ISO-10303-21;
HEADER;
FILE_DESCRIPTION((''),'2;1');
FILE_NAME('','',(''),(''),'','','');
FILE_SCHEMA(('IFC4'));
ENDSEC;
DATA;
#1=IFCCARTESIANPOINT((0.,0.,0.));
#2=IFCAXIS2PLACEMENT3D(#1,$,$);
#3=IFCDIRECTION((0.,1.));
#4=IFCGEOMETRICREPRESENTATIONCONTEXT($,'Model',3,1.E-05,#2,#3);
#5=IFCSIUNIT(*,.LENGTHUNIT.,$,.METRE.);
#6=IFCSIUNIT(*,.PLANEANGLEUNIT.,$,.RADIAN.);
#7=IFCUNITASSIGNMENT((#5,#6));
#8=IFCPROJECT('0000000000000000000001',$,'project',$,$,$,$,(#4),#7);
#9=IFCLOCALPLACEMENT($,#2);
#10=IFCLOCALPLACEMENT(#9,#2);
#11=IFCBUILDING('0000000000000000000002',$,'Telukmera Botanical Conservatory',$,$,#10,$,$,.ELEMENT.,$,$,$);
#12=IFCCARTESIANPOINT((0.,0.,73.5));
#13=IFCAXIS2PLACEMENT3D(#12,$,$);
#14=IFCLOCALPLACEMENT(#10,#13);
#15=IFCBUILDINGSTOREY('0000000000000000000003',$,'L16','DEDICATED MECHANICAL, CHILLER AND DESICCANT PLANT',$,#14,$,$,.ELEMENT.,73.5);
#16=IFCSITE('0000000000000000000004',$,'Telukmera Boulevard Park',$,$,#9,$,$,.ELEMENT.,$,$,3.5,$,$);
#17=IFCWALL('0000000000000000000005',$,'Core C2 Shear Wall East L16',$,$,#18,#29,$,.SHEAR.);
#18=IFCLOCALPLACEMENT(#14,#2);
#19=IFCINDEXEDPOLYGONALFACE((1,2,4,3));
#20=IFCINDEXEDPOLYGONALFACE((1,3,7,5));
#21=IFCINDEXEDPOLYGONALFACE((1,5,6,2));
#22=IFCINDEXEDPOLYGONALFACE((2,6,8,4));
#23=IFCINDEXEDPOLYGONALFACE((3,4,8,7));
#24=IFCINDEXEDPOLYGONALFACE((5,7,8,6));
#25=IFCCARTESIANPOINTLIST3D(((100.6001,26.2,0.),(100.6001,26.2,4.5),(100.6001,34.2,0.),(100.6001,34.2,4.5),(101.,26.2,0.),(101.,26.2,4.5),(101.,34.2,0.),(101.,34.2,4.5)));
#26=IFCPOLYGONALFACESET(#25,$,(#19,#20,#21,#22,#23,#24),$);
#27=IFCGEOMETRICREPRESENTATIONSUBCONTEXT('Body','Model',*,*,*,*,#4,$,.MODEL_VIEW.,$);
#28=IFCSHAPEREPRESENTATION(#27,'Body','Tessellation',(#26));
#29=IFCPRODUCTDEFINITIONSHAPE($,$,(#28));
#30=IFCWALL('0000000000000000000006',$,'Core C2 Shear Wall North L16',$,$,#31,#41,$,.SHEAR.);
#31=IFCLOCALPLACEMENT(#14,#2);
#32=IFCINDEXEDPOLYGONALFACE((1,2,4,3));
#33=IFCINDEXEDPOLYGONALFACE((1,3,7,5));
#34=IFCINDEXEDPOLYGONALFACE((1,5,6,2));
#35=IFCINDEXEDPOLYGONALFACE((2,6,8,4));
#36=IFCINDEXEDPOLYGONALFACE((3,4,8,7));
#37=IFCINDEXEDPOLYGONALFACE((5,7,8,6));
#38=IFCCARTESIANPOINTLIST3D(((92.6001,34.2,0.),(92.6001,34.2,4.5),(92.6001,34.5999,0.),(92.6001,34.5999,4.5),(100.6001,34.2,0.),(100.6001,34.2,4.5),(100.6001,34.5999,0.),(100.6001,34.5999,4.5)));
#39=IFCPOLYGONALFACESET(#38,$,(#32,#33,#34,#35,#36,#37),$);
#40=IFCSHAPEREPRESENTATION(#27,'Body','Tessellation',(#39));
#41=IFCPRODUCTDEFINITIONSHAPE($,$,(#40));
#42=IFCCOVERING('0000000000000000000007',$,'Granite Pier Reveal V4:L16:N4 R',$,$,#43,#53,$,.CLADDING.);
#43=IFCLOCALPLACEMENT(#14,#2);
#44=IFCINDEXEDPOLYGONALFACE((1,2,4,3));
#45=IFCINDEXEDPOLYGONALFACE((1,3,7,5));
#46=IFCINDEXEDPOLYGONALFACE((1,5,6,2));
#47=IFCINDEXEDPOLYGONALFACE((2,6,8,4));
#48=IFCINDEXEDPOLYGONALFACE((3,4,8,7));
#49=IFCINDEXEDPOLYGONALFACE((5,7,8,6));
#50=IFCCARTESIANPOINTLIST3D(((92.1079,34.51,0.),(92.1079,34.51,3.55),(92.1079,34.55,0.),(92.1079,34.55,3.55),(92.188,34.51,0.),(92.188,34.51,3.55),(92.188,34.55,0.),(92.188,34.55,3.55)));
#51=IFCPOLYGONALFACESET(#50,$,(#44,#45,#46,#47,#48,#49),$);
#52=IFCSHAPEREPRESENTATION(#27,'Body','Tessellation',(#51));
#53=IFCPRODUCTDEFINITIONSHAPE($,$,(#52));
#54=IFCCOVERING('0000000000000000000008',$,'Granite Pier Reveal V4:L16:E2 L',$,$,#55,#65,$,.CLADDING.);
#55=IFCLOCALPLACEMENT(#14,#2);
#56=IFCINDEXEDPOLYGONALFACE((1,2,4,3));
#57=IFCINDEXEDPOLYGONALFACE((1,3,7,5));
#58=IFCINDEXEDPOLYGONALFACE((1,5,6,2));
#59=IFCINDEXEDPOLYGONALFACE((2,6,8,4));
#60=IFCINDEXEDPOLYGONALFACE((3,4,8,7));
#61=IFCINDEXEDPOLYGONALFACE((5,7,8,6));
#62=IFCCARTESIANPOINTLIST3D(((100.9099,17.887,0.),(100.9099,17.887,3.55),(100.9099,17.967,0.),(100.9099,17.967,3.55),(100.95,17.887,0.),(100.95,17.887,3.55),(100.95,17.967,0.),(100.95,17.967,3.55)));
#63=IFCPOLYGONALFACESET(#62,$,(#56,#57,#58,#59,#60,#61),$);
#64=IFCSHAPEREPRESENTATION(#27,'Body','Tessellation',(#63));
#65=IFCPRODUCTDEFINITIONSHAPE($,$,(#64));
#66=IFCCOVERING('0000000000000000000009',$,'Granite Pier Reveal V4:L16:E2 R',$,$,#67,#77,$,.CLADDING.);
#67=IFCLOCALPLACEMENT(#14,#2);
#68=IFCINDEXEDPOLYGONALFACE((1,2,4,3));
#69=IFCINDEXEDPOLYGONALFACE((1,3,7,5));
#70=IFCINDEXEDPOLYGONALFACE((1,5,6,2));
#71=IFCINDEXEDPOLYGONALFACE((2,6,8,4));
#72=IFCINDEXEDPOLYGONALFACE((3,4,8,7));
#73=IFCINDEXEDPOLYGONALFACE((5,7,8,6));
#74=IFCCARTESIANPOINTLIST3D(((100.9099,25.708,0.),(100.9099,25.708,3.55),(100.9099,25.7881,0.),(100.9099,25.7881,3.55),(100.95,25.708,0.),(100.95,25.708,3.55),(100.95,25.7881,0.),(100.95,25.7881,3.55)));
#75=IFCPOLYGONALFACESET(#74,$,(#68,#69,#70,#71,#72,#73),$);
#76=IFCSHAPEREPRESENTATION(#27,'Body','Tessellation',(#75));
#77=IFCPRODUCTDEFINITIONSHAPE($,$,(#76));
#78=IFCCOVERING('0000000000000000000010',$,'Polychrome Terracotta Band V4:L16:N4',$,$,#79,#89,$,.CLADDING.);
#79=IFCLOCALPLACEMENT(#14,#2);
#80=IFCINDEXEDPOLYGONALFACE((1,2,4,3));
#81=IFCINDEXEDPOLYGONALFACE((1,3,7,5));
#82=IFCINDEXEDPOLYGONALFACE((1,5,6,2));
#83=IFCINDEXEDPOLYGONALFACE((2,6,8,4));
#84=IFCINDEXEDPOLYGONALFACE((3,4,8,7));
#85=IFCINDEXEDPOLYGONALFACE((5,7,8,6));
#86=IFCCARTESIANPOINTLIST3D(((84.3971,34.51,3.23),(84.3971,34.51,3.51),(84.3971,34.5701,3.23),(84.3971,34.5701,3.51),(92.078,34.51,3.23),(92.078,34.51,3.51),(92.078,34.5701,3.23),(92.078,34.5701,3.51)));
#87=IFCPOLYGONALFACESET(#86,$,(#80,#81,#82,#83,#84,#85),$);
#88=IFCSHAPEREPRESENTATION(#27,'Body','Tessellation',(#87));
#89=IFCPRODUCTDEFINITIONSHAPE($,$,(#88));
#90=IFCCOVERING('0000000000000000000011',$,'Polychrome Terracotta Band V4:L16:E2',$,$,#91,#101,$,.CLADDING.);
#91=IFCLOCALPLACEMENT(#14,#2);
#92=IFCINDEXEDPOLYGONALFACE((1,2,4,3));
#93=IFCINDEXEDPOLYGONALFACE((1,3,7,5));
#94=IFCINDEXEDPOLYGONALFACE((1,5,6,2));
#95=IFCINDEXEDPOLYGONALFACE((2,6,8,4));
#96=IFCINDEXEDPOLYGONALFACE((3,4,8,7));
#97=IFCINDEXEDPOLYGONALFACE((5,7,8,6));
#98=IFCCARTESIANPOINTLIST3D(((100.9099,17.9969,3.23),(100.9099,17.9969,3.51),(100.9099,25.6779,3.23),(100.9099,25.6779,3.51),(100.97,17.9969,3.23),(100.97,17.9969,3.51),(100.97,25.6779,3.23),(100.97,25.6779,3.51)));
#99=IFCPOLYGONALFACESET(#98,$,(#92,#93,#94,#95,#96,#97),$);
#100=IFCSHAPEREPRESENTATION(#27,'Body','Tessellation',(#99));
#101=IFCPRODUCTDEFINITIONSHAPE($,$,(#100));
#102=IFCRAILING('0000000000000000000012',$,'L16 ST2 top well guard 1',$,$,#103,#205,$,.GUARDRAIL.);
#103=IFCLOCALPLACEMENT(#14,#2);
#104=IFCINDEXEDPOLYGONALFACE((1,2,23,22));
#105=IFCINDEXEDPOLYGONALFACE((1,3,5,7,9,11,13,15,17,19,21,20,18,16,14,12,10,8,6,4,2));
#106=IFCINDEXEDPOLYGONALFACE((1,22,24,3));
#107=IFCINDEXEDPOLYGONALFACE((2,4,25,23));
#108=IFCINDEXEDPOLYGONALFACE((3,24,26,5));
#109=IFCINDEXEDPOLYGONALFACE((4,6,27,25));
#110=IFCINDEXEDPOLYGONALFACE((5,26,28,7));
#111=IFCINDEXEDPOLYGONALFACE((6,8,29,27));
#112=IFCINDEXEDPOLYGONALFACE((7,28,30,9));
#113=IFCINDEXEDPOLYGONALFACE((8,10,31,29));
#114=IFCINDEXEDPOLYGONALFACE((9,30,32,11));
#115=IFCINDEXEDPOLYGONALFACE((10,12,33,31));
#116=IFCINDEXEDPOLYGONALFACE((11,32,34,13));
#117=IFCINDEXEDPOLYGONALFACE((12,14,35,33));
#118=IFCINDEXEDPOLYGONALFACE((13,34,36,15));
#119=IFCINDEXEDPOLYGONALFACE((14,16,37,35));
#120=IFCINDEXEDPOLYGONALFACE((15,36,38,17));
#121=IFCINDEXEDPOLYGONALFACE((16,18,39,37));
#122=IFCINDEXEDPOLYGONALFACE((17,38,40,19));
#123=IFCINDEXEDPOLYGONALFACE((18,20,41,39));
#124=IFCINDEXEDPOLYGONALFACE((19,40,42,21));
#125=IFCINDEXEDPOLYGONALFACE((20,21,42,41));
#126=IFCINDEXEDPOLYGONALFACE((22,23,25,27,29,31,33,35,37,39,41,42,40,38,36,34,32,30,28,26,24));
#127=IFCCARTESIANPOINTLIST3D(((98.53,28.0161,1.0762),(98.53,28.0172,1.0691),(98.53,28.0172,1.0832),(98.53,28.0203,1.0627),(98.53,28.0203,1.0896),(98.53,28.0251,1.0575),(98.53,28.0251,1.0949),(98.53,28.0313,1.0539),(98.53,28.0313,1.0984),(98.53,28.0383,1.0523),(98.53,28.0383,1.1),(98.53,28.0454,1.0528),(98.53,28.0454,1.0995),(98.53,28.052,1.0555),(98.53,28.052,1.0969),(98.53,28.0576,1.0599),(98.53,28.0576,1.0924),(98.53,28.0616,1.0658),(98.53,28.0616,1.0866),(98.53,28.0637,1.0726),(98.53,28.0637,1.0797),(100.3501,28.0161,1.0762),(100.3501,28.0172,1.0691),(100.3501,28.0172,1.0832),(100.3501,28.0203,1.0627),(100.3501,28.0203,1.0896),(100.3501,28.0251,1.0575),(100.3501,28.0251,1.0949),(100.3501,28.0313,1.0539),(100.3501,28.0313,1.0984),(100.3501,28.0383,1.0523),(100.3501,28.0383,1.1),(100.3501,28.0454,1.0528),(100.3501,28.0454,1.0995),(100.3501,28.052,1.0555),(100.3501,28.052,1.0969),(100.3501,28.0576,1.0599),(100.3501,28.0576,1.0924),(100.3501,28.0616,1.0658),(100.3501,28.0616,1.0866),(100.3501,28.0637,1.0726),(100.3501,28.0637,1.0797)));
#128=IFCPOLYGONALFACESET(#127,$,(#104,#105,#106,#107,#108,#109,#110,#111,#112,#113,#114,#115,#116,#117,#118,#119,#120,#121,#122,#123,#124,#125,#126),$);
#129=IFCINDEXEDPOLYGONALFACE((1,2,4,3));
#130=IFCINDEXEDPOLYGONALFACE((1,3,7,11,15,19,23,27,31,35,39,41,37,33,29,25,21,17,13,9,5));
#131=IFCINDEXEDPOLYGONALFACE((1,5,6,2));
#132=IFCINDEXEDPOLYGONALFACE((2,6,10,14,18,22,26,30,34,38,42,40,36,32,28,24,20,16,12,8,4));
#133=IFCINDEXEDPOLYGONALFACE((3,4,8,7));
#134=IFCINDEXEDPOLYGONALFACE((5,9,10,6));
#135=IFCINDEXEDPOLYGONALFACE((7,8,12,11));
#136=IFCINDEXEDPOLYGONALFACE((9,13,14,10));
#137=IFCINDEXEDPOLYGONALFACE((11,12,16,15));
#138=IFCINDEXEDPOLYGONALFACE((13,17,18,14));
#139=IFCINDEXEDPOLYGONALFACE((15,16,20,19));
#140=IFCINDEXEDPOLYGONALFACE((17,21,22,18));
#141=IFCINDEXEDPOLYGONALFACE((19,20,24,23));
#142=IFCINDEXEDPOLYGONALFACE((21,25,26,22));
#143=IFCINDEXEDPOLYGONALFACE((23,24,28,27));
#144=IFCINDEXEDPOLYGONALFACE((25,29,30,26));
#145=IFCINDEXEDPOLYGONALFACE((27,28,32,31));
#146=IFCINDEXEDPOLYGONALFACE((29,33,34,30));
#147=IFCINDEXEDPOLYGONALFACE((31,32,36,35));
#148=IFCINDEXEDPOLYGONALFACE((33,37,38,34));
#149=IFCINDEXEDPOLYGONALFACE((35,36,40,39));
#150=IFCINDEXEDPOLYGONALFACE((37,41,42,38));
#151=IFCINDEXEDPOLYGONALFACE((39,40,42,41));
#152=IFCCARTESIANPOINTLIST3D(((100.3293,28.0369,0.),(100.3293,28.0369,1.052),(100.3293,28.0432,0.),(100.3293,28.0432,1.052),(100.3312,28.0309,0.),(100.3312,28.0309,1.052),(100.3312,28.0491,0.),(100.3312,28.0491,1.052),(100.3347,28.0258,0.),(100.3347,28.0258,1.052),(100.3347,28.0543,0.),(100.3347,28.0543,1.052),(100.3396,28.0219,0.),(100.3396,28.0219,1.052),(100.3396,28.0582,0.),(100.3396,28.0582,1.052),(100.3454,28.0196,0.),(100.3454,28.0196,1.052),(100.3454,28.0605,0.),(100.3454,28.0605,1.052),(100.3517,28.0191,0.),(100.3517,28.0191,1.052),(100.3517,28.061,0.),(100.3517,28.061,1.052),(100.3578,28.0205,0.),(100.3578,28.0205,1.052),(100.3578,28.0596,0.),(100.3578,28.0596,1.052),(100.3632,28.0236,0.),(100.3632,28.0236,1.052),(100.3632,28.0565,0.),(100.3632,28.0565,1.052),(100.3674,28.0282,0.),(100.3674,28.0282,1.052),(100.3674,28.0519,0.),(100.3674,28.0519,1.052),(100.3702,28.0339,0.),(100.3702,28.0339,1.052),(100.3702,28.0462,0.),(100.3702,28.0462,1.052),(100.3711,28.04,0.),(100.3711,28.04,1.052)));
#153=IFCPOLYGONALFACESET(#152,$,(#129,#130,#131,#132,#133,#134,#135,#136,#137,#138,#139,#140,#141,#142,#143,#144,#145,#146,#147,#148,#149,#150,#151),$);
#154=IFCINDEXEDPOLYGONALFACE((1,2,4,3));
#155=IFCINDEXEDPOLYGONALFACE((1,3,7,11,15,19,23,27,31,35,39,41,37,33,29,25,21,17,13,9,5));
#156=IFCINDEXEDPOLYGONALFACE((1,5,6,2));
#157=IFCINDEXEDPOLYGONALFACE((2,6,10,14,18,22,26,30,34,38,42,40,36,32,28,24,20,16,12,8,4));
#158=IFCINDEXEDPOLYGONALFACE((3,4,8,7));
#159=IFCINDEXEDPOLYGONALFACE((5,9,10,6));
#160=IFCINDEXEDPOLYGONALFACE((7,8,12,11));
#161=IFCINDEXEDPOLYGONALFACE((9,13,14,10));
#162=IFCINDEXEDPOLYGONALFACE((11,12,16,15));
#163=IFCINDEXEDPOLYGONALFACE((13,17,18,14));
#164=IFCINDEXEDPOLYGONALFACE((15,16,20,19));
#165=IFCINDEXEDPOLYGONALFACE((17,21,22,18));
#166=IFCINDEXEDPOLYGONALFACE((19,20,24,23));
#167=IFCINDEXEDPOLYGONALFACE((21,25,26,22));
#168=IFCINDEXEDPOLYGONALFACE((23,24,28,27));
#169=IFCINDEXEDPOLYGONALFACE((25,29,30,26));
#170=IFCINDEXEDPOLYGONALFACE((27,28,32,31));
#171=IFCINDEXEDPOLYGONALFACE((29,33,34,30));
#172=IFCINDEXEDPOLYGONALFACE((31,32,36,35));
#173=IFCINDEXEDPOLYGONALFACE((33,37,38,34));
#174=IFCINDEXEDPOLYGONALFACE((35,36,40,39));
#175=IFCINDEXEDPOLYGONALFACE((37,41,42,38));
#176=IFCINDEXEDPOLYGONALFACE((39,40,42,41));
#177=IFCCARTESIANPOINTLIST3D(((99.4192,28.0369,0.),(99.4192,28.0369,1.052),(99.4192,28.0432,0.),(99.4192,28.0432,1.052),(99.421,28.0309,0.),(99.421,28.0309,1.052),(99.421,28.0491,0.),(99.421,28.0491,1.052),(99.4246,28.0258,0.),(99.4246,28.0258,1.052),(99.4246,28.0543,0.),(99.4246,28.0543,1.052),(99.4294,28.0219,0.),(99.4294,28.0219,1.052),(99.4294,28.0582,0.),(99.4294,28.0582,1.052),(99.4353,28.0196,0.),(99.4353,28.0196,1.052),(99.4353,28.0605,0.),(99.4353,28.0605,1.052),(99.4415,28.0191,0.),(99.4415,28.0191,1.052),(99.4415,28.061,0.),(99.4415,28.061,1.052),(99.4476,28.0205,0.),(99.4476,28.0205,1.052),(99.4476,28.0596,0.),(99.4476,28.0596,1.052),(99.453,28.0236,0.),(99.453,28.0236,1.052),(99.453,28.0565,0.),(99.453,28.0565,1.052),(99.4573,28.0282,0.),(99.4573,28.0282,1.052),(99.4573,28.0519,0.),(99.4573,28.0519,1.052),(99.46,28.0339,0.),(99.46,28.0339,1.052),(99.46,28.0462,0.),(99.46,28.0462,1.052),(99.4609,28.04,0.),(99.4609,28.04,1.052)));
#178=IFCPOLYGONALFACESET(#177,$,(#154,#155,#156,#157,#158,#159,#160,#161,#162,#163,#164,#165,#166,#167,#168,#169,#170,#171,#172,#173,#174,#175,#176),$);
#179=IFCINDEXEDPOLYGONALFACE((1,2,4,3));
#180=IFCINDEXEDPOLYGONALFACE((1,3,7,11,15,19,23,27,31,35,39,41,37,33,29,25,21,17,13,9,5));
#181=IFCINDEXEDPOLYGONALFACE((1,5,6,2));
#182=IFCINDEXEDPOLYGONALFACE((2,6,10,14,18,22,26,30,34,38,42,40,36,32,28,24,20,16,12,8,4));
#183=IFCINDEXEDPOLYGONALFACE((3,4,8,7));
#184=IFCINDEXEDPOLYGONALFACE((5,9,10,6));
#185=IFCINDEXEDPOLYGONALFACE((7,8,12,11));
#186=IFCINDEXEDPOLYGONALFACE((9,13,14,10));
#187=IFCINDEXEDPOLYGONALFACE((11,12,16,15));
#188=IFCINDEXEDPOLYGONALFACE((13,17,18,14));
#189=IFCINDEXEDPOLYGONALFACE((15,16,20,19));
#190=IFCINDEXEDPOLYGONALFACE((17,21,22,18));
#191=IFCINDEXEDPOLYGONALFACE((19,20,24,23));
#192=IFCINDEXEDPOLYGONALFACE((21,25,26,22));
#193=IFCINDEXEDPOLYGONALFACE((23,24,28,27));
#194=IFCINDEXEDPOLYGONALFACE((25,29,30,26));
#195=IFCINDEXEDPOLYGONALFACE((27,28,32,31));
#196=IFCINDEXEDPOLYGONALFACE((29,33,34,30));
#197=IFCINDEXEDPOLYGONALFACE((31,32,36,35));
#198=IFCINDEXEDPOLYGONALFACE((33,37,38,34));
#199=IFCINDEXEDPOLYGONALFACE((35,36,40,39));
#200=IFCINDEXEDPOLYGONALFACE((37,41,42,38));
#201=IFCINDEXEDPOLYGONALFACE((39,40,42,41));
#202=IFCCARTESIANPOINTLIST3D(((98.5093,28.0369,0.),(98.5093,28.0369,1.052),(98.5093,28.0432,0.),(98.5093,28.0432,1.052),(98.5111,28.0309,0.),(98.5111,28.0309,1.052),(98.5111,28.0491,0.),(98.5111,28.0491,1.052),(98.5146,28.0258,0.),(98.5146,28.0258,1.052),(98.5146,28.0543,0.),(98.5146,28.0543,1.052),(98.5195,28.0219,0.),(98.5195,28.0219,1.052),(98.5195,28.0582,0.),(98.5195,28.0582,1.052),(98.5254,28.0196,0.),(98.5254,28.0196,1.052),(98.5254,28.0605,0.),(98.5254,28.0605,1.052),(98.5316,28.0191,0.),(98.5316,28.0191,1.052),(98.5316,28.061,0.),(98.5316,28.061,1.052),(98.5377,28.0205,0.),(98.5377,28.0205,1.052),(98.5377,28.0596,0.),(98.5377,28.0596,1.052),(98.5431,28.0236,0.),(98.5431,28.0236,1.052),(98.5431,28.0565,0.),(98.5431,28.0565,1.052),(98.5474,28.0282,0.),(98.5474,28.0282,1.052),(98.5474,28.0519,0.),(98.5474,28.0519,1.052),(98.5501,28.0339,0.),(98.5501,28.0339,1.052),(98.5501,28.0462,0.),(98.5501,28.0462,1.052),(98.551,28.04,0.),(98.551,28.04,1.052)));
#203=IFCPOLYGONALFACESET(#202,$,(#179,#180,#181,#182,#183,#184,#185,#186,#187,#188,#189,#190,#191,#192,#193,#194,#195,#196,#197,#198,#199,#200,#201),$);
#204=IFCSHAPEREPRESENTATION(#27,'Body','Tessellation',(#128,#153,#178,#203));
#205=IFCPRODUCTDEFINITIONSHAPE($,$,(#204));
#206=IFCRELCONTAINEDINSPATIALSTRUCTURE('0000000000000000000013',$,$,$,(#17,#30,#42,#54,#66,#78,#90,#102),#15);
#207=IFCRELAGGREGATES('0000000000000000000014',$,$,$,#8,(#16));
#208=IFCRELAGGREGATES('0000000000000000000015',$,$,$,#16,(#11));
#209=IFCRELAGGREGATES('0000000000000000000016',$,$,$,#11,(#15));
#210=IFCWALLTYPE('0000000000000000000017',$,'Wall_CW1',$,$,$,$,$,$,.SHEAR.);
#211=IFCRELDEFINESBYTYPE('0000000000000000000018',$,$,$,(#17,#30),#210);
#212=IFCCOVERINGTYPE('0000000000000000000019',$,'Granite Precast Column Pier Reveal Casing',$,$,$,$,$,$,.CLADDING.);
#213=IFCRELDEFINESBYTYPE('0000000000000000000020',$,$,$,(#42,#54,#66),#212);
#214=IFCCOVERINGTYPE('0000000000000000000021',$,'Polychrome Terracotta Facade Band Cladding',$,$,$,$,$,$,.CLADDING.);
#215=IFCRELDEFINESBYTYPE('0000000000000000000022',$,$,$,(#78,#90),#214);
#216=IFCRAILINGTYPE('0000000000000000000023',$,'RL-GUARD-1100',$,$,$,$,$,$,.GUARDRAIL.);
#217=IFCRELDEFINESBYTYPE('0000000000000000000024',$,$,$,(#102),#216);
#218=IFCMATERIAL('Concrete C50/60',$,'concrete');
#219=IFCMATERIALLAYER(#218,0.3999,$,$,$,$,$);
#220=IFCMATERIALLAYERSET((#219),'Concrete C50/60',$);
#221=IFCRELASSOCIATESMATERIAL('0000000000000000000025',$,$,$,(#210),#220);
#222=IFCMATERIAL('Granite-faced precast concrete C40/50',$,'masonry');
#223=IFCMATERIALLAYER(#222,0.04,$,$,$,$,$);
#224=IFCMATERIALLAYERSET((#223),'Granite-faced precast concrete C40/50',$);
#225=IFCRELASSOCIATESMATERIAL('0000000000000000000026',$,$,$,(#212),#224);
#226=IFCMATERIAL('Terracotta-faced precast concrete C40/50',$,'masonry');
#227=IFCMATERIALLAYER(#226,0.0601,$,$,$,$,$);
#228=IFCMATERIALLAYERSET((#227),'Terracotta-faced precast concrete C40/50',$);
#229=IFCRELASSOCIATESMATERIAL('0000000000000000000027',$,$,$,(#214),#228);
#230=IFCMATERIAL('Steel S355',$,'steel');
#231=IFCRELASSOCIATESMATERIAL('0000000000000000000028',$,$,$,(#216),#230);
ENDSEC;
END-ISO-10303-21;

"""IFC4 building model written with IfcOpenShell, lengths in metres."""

from ifc_helpers import new_model, si_unit, direction, frame, frame_2d, origin, origin_2d, place, context, subcontext, project, spatial, rectangle, circle, extrude, material, layer, layer_set, type_object, element, save


model = new_model("IFC4")

# Units and contexts
model_context = context("Model", 3, precision=1e-05, world=origin(), true_north=direction((0.0, 1.0)))
body_context = subcontext(model_context, "Body", "Model", "MODEL_VIEW")
ifc_project = project(units=[si_unit("LENGTHUNIT", "METRE"), si_unit("PLANEANGLEUNIT", "RADIAN")], contexts=[model_context])

# Site, building, storey
site_placement = place(None, origin())
site = spatial("IfcSite", under=ifc_project, at=site_placement, Name="Telukmera Boulevard Park", CompositionType="ELEMENT", RefElevation=3.5)
building_placement = place(site_placement, origin())
building = spatial("IfcBuilding", under=site, at=building_placement, Name="Telukmera Botanical Conservatory", CompositionType="ELEMENT")
storey_placement = place(building_placement, frame((0.0, 0.0, 73.5)))
storey = spatial("IfcBuildingStorey", under=building, at=storey_placement, Name="L16", Description="DEDICATED MECHANICAL, CHILLER AND DESICCANT PLANT", CompositionType="ELEMENT", Elevation=73.5)

# Shared definitions
ifc_material_1 = material(Name="Concrete C50/60", Category="concrete")

# Shared definitions
ifc_material_2 = material(Name="Terracotta-faced precast concrete C40/50", Category="masonry")

# Walls
ifc_layer_1 = layer(ifc_material_1, 0.3999)
ifc_layer_set_1 = layer_set([ifc_layer_1], Name="Concrete C50/60")
wall_type_1 = type_object("IfcWallType", Name="Wall_CW1", PredefinedType="SHEAR", material=ifc_layer_set_1)
for number, where, z_axis, x_axis, name in (
    (1, (100.8, 26.2, 0.0), (0.0, 0.0, 1.0), (0.0, 1.0, 0.0), "Core C2 Shear Wall East L16"),
    (2, (92.6001, 34.3999, 0.0), (0.0, 0.0, 1.0), (1.0, 0.0, 0.0), "Core C2 Shear Wall North L16"),
):
    element("IfcWall", number, at=place(storey_placement, frame(where, z_axis=z_axis, x_axis=x_axis)), inside=storey, type_object=wall_type_1, Name=name, PredefinedType="SHEAR", context=body_context, shape_type="SweptSolid", body=[
        extrude(rectangle(XDim=8.0, YDim=0.3999, at=frame_2d((4.0, 0.0))), origin(), (0.0, 0.0, 1.0), 4.5),
    ])

# Coverings
ifc_material_3 = material(Name="Granite-faced precast concrete C40/50", Category="masonry")
ifc_layer_2 = layer(ifc_material_3, 0.04)
ifc_layer_set_2 = layer_set([ifc_layer_2], Name="Granite-faced precast concrete C40/50")
covering_type_1 = type_object("IfcCoveringType", Name="Granite Precast Column Pier Reveal Casing", PredefinedType="CLADDING", material=ifc_layer_set_2)
for number, where, z_axis, x_axis, name in (
    (3, (92.1479, 34.53, 0.0), (0.0, 0.0, 1.0), (1.0, 0.0, 0.0), "Granite Pier Reveal V4:L16:N4 R"),
    (4, (100.9299, 17.927, 0.0), (0.0, 0.0, 1.0), (0.0, 1.0, 0.0), "Granite Pier Reveal V4:L16:E2 L"),
    (5, (100.9299, 25.748, 0.0), (0.0, 0.0, 1.0), (0.0, 1.0, 0.0), "Granite Pier Reveal V4:L16:E2 R"),
):
    element("IfcCovering", number, at=place(storey_placement, frame(where, z_axis=z_axis, x_axis=x_axis)), inside=storey, type_object=covering_type_1, Name=name, PredefinedType="CLADDING", context=body_context, shape_type="SweptSolid", body=[
        extrude(rectangle(XDim=0.0801, YDim=0.04, at=origin_2d()), origin(), (0.0, 0.0, 1.0), 3.55),
    ])
ifc_layer_3 = layer(ifc_material_2, 0.0601)
ifc_layer_set_3 = layer_set([ifc_layer_3], Name="Terracotta-faced precast concrete C40/50")
covering_type_2 = type_object("IfcCoveringType", Name="Polychrome Terracotta Facade Band Cladding", PredefinedType="CLADDING", material=ifc_layer_set_3)
for number, where, z_axis, x_axis, name in (
    (6, (88.2375, 34.54, 3.23), (0.0, 0.0, 1.0), (1.0, 0.0, 0.0), "Polychrome Terracotta Band V4:L16:N4"),
    (7, (100.9399, 21.8374, 3.23), (0.0, 0.0, 1.0), (0.0, 1.0, 0.0), "Polychrome Terracotta Band V4:L16:E2"),
):
    element("IfcCovering", number, at=place(storey_placement, frame(where, z_axis=z_axis, x_axis=x_axis)), inside=storey, type_object=covering_type_2, Name=name, PredefinedType="CLADDING", context=body_context, shape_type="SweptSolid", body=[
        extrude(rectangle(XDim=7.6809, YDim=0.0601, at=origin_2d()), origin(), (0.0, 0.0, 1.0), 0.28),
    ])

# Railing
ifc_material_4 = material(Name="Steel S355", Category="steel")
railing_type = type_object("IfcRailingType", Name="RL-GUARD-1100", PredefinedType="GUARDRAIL", material=ifc_material_4)
railing_placement = place(storey_placement, frame((100.3501, 28.04, 0.0)))
element("IfcRailing", 8, at=railing_placement, inside=storey, type_object=railing_type, Name="L16 ST2 top well guard 1", PredefinedType="GUARDRAIL", context=body_context, shape_type="SweptSolid", body=[
    extrude(circle(Radius=0.0239, at=origin_2d()), frame((0.0, 0.0, 1.0762), z_axis=(-1.0, 0.0, 0.0), x_axis=(0.0, -1.0, 0.0)), (0.0, 0.0, 1.0), 1.8201),
    extrude(circle(Radius=0.021, at=origin_2d()), origin(), (0.0, 0.0, 1.0), 1.052),
    extrude(circle(Radius=0.021, at=origin_2d()), frame((-0.9102, 0.0, 0.0)), (0.0, 0.0, 1.0), 1.052),
    extrude(circle(Radius=0.021, at=origin_2d()), frame((-1.8201, 0.0, 0.0)), (0.0, 0.0, 1.0), 1.052),
])

save(model, "model.ifc")
